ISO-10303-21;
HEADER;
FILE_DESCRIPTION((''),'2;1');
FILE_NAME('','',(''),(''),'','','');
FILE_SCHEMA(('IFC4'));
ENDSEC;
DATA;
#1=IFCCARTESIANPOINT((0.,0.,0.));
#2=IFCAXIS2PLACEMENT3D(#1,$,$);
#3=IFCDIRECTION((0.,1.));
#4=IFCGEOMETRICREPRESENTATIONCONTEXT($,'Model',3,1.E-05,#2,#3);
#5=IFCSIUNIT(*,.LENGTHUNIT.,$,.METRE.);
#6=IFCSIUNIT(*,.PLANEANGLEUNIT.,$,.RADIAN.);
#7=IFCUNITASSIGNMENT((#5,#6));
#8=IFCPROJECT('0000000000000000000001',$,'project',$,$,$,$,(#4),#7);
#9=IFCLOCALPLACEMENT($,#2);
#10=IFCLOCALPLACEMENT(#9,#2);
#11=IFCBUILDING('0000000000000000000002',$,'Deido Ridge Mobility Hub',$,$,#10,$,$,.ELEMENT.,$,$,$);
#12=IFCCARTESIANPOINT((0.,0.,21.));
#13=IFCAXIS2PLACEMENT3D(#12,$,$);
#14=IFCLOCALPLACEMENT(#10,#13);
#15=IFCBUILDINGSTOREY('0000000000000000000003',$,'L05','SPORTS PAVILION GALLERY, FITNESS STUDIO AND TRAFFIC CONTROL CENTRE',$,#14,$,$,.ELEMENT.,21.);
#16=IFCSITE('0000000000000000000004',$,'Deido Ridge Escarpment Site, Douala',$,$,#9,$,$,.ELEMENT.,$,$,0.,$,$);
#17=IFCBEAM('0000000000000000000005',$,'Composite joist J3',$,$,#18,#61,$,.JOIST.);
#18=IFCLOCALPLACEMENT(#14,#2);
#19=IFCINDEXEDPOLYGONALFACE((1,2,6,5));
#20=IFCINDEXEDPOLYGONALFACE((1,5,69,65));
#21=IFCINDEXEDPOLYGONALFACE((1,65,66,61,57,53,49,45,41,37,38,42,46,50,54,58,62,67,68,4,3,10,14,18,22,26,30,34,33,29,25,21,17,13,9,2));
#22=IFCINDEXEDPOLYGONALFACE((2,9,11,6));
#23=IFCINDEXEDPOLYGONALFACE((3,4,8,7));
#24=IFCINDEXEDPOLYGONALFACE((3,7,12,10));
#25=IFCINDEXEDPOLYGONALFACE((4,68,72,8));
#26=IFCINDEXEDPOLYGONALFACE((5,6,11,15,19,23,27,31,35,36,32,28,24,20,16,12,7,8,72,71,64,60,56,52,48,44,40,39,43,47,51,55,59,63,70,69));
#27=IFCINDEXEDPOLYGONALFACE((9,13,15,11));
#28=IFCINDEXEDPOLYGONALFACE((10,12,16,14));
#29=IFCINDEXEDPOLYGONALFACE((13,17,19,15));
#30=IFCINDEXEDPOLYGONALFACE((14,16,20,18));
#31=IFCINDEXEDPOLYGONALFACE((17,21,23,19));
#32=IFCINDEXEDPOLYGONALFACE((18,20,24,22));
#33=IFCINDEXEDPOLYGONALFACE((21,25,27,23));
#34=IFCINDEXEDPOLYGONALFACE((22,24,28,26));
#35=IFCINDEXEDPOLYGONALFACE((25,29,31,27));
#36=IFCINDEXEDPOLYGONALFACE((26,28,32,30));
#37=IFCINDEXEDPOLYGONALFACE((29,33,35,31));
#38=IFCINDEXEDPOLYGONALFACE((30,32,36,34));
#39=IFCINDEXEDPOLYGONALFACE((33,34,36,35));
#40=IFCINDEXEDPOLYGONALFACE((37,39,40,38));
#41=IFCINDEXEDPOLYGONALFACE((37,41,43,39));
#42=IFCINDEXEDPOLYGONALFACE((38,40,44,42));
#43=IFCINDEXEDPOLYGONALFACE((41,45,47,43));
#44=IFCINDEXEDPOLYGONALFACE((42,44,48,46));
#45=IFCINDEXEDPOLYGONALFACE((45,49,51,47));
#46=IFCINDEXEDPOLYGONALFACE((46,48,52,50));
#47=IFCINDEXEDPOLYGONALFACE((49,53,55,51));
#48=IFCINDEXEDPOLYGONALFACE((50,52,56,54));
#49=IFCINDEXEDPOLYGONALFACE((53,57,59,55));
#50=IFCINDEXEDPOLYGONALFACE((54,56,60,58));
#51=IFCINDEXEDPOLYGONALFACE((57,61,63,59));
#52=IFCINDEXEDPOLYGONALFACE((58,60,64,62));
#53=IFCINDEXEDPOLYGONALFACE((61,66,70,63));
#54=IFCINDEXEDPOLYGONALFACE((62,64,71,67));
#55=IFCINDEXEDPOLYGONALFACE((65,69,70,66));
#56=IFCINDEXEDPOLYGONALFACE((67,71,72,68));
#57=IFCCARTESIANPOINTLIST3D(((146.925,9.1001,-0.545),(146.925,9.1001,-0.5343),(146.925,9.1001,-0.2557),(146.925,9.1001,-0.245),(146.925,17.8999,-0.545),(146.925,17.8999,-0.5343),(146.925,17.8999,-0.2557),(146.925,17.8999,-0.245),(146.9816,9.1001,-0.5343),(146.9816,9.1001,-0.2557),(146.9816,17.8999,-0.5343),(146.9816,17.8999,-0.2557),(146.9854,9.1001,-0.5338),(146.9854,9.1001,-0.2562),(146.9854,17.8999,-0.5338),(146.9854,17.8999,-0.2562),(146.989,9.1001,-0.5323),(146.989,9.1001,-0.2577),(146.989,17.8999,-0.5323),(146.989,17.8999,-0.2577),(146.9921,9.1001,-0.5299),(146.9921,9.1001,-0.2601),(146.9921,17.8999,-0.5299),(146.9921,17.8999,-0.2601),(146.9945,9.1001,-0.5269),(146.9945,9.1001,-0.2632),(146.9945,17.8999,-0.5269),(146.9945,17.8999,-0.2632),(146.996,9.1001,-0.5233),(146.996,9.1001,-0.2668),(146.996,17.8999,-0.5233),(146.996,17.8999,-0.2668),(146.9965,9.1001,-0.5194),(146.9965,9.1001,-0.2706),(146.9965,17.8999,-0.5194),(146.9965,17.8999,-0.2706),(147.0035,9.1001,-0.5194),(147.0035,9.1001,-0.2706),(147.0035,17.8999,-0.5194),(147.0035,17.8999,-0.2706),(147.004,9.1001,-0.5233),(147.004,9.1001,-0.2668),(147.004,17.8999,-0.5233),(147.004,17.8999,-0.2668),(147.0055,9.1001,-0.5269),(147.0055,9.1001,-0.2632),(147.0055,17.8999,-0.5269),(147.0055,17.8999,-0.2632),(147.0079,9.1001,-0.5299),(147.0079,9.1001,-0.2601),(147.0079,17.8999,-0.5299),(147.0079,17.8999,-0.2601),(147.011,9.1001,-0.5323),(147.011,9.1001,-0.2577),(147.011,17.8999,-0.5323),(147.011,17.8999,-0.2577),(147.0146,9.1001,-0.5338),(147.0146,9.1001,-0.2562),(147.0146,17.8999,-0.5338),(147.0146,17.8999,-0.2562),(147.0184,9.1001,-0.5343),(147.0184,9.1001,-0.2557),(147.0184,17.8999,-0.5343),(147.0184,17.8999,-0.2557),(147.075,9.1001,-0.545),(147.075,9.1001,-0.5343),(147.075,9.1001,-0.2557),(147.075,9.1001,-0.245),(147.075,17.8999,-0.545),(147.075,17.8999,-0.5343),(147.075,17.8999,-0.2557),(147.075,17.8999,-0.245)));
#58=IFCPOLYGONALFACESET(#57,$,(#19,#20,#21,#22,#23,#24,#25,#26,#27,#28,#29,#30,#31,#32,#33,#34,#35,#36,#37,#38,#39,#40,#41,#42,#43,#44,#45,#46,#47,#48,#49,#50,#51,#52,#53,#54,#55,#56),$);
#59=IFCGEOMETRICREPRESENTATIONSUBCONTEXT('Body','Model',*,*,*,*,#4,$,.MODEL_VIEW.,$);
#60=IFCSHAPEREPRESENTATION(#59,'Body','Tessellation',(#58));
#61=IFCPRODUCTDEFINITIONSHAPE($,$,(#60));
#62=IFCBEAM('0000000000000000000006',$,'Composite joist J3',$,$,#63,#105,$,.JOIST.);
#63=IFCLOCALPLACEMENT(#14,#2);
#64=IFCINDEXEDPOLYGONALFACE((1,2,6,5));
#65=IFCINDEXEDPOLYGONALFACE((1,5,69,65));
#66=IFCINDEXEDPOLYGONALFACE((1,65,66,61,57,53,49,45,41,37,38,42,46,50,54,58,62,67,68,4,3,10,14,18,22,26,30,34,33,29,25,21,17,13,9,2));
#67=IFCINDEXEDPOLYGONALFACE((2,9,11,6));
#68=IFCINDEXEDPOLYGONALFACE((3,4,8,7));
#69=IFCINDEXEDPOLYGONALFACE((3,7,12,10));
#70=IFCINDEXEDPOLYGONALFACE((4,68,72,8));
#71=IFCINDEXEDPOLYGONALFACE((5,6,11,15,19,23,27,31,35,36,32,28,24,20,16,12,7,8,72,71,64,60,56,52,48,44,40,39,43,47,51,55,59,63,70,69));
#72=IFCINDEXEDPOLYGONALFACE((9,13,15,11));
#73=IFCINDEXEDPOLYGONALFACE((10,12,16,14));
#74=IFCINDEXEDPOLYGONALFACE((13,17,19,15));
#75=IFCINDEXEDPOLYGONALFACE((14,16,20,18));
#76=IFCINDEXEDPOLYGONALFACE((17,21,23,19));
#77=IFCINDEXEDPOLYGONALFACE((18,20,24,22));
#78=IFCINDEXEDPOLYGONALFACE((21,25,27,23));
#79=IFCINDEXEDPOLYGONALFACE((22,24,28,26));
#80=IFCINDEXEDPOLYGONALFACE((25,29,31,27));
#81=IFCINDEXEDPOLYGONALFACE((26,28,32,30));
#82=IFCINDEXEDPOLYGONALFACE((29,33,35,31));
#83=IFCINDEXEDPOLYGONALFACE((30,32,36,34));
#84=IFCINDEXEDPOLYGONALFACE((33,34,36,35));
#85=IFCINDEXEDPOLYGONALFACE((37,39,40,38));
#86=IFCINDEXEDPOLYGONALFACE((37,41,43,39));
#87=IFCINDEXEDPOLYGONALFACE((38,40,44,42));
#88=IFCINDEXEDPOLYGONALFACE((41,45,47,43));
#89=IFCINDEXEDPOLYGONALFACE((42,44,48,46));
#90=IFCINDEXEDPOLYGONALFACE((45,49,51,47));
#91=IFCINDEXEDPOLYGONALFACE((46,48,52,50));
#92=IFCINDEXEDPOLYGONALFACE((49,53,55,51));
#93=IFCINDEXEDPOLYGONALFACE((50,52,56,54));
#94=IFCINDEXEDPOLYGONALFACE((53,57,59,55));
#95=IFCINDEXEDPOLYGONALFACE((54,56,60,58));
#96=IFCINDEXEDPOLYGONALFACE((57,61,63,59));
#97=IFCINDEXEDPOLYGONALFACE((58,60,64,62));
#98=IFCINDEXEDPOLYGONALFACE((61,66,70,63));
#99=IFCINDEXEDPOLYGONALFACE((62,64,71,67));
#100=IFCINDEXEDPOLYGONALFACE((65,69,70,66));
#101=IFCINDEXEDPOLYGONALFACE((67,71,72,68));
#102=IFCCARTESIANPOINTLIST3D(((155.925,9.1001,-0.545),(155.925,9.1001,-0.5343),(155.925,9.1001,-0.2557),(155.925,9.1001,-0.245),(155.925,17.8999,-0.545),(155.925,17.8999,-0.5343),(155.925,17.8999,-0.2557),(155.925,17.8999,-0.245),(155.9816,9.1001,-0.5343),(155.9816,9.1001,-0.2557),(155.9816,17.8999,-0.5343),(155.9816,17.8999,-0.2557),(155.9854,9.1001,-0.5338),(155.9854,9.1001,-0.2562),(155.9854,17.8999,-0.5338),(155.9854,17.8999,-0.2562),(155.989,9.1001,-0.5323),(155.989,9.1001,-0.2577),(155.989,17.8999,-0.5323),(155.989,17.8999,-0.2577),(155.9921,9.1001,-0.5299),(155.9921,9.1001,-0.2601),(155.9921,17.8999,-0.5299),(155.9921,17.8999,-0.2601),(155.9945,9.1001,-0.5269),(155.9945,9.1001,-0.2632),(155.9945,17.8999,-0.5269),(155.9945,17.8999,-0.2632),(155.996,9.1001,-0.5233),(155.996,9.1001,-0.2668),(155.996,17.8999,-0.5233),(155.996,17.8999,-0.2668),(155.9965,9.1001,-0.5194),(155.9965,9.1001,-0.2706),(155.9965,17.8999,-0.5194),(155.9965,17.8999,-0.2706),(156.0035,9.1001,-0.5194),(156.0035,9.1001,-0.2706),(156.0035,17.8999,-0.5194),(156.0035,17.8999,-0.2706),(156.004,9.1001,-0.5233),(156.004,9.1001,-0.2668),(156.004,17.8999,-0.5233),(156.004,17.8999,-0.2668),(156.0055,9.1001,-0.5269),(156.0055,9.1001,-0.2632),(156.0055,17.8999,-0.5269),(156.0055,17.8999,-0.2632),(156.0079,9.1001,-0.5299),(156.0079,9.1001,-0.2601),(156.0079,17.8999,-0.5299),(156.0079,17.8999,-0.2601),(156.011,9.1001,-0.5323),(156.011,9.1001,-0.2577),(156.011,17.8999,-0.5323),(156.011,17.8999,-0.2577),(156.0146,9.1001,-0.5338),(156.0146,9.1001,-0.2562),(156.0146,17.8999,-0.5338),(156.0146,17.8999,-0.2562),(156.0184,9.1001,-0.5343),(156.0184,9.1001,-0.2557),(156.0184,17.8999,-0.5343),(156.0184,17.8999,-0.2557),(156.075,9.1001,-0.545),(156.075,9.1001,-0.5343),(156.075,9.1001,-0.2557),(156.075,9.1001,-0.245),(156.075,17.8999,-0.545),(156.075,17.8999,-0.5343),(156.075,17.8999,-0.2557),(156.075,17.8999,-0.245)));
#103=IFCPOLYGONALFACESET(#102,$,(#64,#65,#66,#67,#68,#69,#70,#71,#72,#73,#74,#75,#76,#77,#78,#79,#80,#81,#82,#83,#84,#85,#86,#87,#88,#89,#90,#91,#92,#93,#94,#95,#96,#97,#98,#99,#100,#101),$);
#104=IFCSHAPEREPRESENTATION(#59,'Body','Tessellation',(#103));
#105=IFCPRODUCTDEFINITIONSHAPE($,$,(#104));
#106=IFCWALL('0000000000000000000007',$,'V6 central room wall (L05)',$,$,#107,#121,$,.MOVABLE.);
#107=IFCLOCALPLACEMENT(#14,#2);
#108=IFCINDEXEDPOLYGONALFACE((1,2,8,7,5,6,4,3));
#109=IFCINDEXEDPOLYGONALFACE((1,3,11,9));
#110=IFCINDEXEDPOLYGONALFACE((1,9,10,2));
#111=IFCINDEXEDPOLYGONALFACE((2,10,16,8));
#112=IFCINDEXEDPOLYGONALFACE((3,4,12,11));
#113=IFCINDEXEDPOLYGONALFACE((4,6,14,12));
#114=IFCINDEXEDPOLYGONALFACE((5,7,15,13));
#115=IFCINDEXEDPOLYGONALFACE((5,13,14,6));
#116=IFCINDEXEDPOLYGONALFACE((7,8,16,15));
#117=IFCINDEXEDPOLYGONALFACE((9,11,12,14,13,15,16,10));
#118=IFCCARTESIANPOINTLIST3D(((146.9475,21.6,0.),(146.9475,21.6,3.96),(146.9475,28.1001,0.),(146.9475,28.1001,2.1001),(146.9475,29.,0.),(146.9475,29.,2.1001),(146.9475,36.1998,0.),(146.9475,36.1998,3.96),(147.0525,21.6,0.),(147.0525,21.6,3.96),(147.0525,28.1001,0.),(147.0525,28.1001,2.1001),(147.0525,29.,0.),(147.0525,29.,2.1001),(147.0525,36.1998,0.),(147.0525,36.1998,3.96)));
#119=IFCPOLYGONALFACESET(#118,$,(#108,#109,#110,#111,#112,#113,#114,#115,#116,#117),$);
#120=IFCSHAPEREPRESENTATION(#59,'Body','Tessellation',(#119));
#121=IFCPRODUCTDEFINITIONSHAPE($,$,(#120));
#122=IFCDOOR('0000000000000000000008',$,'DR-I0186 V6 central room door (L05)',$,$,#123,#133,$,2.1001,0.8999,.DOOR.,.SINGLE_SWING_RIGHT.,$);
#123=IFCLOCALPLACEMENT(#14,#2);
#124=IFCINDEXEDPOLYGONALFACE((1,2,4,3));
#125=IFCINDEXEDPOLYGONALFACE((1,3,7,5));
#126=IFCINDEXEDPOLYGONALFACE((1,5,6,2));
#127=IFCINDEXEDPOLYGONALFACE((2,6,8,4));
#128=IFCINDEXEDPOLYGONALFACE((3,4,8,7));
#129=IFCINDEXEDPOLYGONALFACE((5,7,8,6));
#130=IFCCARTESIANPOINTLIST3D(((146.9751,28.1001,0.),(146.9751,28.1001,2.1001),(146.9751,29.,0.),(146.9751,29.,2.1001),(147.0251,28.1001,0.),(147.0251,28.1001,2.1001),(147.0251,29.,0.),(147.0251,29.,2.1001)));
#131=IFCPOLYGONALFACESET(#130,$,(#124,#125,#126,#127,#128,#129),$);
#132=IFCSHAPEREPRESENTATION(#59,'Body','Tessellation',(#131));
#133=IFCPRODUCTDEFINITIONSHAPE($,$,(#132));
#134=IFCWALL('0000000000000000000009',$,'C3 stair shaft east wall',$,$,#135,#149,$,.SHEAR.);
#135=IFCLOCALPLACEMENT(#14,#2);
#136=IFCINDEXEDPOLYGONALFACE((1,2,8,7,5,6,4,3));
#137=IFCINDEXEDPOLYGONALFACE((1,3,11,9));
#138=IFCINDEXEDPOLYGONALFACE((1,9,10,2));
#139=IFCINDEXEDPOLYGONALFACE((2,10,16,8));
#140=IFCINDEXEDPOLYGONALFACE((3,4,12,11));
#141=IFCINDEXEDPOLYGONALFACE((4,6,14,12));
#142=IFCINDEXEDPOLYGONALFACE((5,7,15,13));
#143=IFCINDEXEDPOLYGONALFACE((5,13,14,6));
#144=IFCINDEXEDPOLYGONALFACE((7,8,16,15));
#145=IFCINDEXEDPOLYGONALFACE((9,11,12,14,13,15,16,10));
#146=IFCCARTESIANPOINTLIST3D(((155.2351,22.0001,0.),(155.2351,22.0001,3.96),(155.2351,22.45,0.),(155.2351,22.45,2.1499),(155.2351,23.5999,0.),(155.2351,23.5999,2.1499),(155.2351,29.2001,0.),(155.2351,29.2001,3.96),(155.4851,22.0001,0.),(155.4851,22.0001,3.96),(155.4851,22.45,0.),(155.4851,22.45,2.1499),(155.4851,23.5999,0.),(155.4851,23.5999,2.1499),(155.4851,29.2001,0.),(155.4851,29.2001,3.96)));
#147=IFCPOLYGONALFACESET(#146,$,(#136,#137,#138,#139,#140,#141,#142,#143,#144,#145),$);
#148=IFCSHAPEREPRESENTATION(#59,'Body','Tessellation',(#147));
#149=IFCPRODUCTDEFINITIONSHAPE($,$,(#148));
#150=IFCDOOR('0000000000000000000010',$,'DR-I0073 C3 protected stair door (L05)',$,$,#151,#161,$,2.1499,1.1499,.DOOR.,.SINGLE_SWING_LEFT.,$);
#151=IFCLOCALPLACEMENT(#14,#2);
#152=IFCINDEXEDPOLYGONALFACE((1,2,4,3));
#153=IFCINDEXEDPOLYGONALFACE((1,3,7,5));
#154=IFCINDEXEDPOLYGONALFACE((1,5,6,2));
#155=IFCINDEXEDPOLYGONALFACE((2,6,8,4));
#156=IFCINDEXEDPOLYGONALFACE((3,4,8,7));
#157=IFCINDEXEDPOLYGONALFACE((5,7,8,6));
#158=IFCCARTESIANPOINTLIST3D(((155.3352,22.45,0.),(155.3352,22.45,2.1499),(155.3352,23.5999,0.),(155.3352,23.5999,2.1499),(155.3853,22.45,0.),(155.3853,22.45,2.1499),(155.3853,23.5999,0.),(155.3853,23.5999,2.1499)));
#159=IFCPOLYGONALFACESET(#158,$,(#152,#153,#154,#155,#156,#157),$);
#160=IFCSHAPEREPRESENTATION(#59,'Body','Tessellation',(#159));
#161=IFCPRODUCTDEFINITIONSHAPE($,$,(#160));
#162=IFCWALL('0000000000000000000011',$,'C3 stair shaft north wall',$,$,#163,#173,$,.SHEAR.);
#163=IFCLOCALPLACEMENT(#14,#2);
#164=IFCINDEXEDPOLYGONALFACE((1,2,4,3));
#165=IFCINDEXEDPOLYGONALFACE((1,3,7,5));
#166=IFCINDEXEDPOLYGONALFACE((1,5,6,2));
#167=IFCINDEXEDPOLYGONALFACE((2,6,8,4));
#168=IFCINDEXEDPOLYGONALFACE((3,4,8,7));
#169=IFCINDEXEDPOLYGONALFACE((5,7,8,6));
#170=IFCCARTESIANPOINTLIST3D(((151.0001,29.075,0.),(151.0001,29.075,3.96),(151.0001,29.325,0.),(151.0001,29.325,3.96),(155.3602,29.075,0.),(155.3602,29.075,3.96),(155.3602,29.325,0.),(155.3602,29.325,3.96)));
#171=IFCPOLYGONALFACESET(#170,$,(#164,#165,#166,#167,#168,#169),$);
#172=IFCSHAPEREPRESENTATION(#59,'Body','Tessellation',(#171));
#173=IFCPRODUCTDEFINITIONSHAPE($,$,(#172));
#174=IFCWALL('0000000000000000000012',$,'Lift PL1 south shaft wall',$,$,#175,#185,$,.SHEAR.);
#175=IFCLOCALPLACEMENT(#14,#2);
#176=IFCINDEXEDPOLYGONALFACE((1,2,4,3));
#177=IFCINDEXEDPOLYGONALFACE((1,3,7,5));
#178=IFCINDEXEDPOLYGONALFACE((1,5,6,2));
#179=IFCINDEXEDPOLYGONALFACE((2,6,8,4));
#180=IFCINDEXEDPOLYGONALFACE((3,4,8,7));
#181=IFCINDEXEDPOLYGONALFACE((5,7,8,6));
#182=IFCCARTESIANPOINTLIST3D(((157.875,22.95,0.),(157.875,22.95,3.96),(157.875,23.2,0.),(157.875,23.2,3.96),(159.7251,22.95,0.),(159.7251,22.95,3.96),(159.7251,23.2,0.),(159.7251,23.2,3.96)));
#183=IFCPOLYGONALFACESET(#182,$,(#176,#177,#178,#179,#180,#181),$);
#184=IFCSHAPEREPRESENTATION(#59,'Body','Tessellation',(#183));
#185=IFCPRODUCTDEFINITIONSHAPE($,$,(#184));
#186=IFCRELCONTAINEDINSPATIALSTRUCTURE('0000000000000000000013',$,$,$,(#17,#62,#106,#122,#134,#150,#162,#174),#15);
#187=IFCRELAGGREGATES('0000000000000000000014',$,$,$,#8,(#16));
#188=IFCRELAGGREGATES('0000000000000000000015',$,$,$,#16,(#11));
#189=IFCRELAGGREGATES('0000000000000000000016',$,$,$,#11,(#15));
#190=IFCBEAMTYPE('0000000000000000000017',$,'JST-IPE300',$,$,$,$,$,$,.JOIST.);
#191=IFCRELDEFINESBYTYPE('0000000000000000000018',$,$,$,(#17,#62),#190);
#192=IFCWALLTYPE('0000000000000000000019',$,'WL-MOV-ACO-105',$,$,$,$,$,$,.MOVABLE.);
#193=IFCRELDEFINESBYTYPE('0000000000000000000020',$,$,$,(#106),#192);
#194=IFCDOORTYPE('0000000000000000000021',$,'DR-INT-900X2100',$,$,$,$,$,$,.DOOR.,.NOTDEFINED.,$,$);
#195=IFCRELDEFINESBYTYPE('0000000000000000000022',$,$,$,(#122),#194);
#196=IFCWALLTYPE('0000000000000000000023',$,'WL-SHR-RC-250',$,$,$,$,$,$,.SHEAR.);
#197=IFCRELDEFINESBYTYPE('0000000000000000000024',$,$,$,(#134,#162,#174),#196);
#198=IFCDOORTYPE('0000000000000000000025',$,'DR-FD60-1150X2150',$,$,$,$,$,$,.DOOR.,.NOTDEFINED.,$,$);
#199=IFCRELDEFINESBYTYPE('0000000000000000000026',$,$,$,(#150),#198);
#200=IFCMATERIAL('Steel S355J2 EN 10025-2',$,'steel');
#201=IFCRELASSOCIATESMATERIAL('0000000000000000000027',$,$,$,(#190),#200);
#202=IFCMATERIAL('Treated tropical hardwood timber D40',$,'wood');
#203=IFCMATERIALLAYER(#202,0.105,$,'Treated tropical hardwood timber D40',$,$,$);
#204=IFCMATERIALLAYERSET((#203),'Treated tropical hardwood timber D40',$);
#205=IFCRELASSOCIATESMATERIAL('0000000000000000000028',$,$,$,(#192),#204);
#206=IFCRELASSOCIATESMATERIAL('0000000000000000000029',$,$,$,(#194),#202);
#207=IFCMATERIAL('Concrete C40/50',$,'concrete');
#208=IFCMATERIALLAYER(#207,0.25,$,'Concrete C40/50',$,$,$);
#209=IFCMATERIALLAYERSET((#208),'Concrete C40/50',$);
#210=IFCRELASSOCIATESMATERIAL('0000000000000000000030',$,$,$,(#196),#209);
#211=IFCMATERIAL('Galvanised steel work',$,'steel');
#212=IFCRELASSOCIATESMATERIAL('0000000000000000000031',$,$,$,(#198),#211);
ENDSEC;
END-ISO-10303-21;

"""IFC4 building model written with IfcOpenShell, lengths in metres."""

from ifc_helpers import new_model, si_unit, direction, frame, frame_2d, origin, origin_2d, place, context, subcontext, project, spatial, rectangle, i_section, extrude, material, layer, layer_set, material_profile, profile_set, type_object, element, fill, save


model = new_model("IFC4")

# Units and contexts
model_context = context("Model", 3, precision=1e-05, world=origin(), true_north=direction((0.0, 1.0)))
body_context = subcontext(model_context, "Body", "Model", "MODEL_VIEW")
ifc_project = project(units=[si_unit("LENGTHUNIT", "METRE"), si_unit("PLANEANGLEUNIT", "RADIAN")], contexts=[model_context])

# Site, building, storey
site_placement = place(None, origin())
site = spatial("IfcSite", under=ifc_project, at=site_placement, Name="Deido Ridge Escarpment Site, Douala", CompositionType="ELEMENT", RefElevation=0.0)
building_placement = place(site_placement, origin())
building = spatial("IfcBuilding", under=site, at=building_placement, Name="Deido Ridge Mobility Hub", CompositionType="ELEMENT")
storey_placement = place(building_placement, frame((0.0, 0.0, 21.0)))
storey = spatial("IfcBuildingStorey", under=building, at=storey_placement, Name="L05", Description="SPORTS PAVILION GALLERY, FITNESS STUDIO AND TRAFFIC CONTROL CENTRE", CompositionType="ELEMENT", Elevation=21.0)

# Shared definitions
ifc_material_1 = material(Name="Steel S355J2 EN 10025-2", Category="steel")

# Beams
ifc_material_profile_1 = material_profile(ifc_material_1, i_section(OverallWidth=0.1499, OverallDepth=0.3, WebThickness=0.0071, FlangeThickness=0.0107, FilletRadius=0.0149, at=origin_2d()), Name="IPE 300")
ifc_profile_set_1 = profile_set([ifc_material_profile_1], Name="Steel S355J2 EN 10025-2")
beam_type_1 = type_object("IfcBeamType", Name="JST-IPE300", PredefinedType="JOIST", material=ifc_profile_set_1)
for number, where, z_axis, x_axis, name in (
    (1, (147.0, 9.1001, -0.395), (0.0, 1.0, 0.0), (-1.0, 0.0, 0.0), "Composite joist J3"),
    (2, (156.0, 9.1001, -0.395), (0.0, 1.0, 0.0), (-1.0, 0.0, 0.0), "Composite joist J3"),
):
    element("IfcBeam", number, at=place(storey_placement, frame(where, z_axis=z_axis, x_axis=x_axis)), inside=storey, type_object=beam_type_1, Name=name, PredefinedType="JOIST", context=body_context, shape_type="SweptSolid", body=[
        extrude(i_section(OverallWidth=0.1499, OverallDepth=0.3, WebThickness=0.0071, FlangeThickness=0.0107, FilletRadius=0.0149, at=origin_2d()), origin(), (0.0, 0.0, 1.0), 8.7998),
    ])

# Walls, openings, doors
ifc_material_2 = material(Name="Treated tropical hardwood timber D40", Category="wood")
ifc_layer_1 = layer(ifc_material_2, 0.105, Name="Treated tropical hardwood timber D40")
ifc_layer_set_1 = layer_set([ifc_layer_1], Name="Treated tropical hardwood timber D40")
wall_type_1 = type_object("IfcWallType", Name="WL-MOV-ACO-105", PredefinedType="MOVABLE", material=ifc_layer_set_1)
wall_1_placement = place(storey_placement, frame((147.0, 21.6001, 0.0), z_axis=(0.0, 0.0, 1.0), x_axis=(0.0, 1.0, 0.0)))
wall_1 = element("IfcWall", 3, at=wall_1_placement, inside=storey, type_object=wall_type_1, Name="V6 central room wall (L05)", PredefinedType="MOVABLE", context=body_context, shape_type="SweptSolid", body=[
    extrude(rectangle(XDim=14.5999, YDim=0.105, at=frame_2d((7.2998, 0.0))), origin(), (0.0, 0.0, 1.0), 3.96),
])
opening_1_placement = place(wall_1_placement, frame((6.5, 0.0, 0.0)))
opening_1 = element("IfcOpeningElement", 4, at=opening_1_placement, cuts=wall_1, PredefinedType="OPENING", context=body_context, shape_type="SweptSolid", body=[
    extrude(rectangle(XDim=0.8999, YDim=2.1001, at=frame_2d((0.45, 1.05))), frame((0.0, 0.0625, 0.0), z_axis=(0.0, -1.0, 0.0), x_axis=(1.0, 0.0, 0.0)), (0.0, 0.0, 1.0), 0.125),
])
door_type_1 = type_object("IfcDoorType", Name="DR-INT-900X2100", OperationType="NOTDEFINED", PredefinedType="DOOR", material=ifc_material_2)
door_1_placement = place(opening_1_placement, origin())
door_1 = element("IfcDoor", 5, at=door_1_placement, inside=storey, type_object=door_type_1, Name="DR-I0186 V6 central room door (L05)", OperationType="SINGLE_SWING_RIGHT", OverallHeight=2.1001, OverallWidth=0.8999, PredefinedType="DOOR", context=body_context, shape_type="SweptSolid", body=[
    extrude(rectangle(XDim=0.8999, YDim=2.1001, at=frame_2d((0.45, 1.05))), frame((0.0, 0.0249, 0.0), z_axis=(0.0, -1.0, 0.0), x_axis=(1.0, 0.0, 0.0)), (0.0, 0.0, 1.0), 0.05),
])
fill(opening_1, door_1)
ifc_material_3 = material(Name="Concrete C40/50", Category="concrete")
ifc_layer_2 = layer(ifc_material_3, 0.25, Name="Concrete C40/50")
ifc_layer_set_2 = layer_set([ifc_layer_2], Name="Concrete C40/50")
wall_type_2 = type_object("IfcWallType", Name="WL-SHR-RC-250", PredefinedType="SHEAR", material=ifc_layer_set_2)
wall_2_placement = place(storey_placement, frame((155.3601, 22.0, 0.0), z_axis=(0.0, 0.0, 1.0), x_axis=(0.0, 1.0, 0.0)))
wall_2 = element("IfcWall", 6, at=wall_2_placement, inside=storey, type_object=wall_type_2, Name="C3 stair shaft east wall", PredefinedType="SHEAR", context=body_context, shape_type="SweptSolid", body=[
    extrude(rectangle(XDim=7.2, YDim=0.25, at=frame_2d((3.6001, 0.0))), origin(), (0.0, 0.0, 1.0), 3.96),
])
opening_2_placement = place(wall_2_placement, frame((0.45, 0.0, 0.0)))
opening_2 = element("IfcOpeningElement", 7, at=opening_2_placement, cuts=wall_2, PredefinedType="OPENING", context=body_context, shape_type="SweptSolid", body=[
    extrude(rectangle(XDim=1.1499, YDim=2.1499, at=frame_2d((0.575, 1.075))), frame((0.0, 0.135, 0.0), z_axis=(0.0, -1.0, 0.0), x_axis=(1.0, 0.0, 0.0)), (0.0, 0.0, 1.0), 0.27),
])
ifc_material_4 = material(Name="Galvanised steel work", Category="steel")
door_type_2 = type_object("IfcDoorType", Name="DR-FD60-1150X2150", OperationType="NOTDEFINED", PredefinedType="DOOR", material=ifc_material_4)
door_2_placement = place(opening_2_placement, origin())
door_2 = element("IfcDoor", 8, at=door_2_placement, inside=storey, type_object=door_type_2, Name="DR-I0073 C3 protected stair door (L05)", OperationType="SINGLE_SWING_LEFT", OverallHeight=2.1499, OverallWidth=1.1499, PredefinedType="DOOR", context=body_context, shape_type="SweptSolid", body=[
    extrude(rectangle(XDim=1.1499, YDim=2.1499, at=frame_2d((0.575, 1.075))), frame((0.0, 0.0249, 0.0), z_axis=(0.0, -1.0, 0.0), x_axis=(1.0, 0.0, 0.0)), (0.0, 0.0, 1.0), 0.05),
])
fill(opening_2, door_2)

# Walls
wall_3_placement = place(storey_placement, frame((151.0, 29.2, 0.0), z_axis=(0.0, 0.0, 1.0), x_axis=(1.0, 0.0, 0.0)))
element("IfcWall", 9, at=wall_3_placement, inside=storey, type_object=wall_type_2, Name="C3 stair shaft north wall", PredefinedType="SHEAR", context=body_context, shape_type="SweptSolid", body=[
    extrude(rectangle(XDim=4.3601, YDim=0.25, at=frame_2d((2.1802, 0.0))), origin(), (0.0, 0.0, 1.0), 3.96),
])
for number, where, z_axis, x_axis, name in (
    (10, (157.875, 23.075, 0.0), (0.0, 0.0, 1.0), (1.0, 0.0, 0.0), "Lift PL1 south shaft wall"),
):
    element("IfcWall", number, at=place(storey_placement, frame(where, z_axis=z_axis, x_axis=x_axis)), inside=storey, type_object=wall_type_2, Name=name, PredefinedType="SHEAR", context=body_context, shape_type="SweptSolid", body=[
        extrude(rectangle(XDim=1.8501, YDim=0.25, at=frame_2d((0.925, 0.0))), origin(), (0.0, 0.0, 1.0), 3.96),
    ])

save(model, "model.ifc")
